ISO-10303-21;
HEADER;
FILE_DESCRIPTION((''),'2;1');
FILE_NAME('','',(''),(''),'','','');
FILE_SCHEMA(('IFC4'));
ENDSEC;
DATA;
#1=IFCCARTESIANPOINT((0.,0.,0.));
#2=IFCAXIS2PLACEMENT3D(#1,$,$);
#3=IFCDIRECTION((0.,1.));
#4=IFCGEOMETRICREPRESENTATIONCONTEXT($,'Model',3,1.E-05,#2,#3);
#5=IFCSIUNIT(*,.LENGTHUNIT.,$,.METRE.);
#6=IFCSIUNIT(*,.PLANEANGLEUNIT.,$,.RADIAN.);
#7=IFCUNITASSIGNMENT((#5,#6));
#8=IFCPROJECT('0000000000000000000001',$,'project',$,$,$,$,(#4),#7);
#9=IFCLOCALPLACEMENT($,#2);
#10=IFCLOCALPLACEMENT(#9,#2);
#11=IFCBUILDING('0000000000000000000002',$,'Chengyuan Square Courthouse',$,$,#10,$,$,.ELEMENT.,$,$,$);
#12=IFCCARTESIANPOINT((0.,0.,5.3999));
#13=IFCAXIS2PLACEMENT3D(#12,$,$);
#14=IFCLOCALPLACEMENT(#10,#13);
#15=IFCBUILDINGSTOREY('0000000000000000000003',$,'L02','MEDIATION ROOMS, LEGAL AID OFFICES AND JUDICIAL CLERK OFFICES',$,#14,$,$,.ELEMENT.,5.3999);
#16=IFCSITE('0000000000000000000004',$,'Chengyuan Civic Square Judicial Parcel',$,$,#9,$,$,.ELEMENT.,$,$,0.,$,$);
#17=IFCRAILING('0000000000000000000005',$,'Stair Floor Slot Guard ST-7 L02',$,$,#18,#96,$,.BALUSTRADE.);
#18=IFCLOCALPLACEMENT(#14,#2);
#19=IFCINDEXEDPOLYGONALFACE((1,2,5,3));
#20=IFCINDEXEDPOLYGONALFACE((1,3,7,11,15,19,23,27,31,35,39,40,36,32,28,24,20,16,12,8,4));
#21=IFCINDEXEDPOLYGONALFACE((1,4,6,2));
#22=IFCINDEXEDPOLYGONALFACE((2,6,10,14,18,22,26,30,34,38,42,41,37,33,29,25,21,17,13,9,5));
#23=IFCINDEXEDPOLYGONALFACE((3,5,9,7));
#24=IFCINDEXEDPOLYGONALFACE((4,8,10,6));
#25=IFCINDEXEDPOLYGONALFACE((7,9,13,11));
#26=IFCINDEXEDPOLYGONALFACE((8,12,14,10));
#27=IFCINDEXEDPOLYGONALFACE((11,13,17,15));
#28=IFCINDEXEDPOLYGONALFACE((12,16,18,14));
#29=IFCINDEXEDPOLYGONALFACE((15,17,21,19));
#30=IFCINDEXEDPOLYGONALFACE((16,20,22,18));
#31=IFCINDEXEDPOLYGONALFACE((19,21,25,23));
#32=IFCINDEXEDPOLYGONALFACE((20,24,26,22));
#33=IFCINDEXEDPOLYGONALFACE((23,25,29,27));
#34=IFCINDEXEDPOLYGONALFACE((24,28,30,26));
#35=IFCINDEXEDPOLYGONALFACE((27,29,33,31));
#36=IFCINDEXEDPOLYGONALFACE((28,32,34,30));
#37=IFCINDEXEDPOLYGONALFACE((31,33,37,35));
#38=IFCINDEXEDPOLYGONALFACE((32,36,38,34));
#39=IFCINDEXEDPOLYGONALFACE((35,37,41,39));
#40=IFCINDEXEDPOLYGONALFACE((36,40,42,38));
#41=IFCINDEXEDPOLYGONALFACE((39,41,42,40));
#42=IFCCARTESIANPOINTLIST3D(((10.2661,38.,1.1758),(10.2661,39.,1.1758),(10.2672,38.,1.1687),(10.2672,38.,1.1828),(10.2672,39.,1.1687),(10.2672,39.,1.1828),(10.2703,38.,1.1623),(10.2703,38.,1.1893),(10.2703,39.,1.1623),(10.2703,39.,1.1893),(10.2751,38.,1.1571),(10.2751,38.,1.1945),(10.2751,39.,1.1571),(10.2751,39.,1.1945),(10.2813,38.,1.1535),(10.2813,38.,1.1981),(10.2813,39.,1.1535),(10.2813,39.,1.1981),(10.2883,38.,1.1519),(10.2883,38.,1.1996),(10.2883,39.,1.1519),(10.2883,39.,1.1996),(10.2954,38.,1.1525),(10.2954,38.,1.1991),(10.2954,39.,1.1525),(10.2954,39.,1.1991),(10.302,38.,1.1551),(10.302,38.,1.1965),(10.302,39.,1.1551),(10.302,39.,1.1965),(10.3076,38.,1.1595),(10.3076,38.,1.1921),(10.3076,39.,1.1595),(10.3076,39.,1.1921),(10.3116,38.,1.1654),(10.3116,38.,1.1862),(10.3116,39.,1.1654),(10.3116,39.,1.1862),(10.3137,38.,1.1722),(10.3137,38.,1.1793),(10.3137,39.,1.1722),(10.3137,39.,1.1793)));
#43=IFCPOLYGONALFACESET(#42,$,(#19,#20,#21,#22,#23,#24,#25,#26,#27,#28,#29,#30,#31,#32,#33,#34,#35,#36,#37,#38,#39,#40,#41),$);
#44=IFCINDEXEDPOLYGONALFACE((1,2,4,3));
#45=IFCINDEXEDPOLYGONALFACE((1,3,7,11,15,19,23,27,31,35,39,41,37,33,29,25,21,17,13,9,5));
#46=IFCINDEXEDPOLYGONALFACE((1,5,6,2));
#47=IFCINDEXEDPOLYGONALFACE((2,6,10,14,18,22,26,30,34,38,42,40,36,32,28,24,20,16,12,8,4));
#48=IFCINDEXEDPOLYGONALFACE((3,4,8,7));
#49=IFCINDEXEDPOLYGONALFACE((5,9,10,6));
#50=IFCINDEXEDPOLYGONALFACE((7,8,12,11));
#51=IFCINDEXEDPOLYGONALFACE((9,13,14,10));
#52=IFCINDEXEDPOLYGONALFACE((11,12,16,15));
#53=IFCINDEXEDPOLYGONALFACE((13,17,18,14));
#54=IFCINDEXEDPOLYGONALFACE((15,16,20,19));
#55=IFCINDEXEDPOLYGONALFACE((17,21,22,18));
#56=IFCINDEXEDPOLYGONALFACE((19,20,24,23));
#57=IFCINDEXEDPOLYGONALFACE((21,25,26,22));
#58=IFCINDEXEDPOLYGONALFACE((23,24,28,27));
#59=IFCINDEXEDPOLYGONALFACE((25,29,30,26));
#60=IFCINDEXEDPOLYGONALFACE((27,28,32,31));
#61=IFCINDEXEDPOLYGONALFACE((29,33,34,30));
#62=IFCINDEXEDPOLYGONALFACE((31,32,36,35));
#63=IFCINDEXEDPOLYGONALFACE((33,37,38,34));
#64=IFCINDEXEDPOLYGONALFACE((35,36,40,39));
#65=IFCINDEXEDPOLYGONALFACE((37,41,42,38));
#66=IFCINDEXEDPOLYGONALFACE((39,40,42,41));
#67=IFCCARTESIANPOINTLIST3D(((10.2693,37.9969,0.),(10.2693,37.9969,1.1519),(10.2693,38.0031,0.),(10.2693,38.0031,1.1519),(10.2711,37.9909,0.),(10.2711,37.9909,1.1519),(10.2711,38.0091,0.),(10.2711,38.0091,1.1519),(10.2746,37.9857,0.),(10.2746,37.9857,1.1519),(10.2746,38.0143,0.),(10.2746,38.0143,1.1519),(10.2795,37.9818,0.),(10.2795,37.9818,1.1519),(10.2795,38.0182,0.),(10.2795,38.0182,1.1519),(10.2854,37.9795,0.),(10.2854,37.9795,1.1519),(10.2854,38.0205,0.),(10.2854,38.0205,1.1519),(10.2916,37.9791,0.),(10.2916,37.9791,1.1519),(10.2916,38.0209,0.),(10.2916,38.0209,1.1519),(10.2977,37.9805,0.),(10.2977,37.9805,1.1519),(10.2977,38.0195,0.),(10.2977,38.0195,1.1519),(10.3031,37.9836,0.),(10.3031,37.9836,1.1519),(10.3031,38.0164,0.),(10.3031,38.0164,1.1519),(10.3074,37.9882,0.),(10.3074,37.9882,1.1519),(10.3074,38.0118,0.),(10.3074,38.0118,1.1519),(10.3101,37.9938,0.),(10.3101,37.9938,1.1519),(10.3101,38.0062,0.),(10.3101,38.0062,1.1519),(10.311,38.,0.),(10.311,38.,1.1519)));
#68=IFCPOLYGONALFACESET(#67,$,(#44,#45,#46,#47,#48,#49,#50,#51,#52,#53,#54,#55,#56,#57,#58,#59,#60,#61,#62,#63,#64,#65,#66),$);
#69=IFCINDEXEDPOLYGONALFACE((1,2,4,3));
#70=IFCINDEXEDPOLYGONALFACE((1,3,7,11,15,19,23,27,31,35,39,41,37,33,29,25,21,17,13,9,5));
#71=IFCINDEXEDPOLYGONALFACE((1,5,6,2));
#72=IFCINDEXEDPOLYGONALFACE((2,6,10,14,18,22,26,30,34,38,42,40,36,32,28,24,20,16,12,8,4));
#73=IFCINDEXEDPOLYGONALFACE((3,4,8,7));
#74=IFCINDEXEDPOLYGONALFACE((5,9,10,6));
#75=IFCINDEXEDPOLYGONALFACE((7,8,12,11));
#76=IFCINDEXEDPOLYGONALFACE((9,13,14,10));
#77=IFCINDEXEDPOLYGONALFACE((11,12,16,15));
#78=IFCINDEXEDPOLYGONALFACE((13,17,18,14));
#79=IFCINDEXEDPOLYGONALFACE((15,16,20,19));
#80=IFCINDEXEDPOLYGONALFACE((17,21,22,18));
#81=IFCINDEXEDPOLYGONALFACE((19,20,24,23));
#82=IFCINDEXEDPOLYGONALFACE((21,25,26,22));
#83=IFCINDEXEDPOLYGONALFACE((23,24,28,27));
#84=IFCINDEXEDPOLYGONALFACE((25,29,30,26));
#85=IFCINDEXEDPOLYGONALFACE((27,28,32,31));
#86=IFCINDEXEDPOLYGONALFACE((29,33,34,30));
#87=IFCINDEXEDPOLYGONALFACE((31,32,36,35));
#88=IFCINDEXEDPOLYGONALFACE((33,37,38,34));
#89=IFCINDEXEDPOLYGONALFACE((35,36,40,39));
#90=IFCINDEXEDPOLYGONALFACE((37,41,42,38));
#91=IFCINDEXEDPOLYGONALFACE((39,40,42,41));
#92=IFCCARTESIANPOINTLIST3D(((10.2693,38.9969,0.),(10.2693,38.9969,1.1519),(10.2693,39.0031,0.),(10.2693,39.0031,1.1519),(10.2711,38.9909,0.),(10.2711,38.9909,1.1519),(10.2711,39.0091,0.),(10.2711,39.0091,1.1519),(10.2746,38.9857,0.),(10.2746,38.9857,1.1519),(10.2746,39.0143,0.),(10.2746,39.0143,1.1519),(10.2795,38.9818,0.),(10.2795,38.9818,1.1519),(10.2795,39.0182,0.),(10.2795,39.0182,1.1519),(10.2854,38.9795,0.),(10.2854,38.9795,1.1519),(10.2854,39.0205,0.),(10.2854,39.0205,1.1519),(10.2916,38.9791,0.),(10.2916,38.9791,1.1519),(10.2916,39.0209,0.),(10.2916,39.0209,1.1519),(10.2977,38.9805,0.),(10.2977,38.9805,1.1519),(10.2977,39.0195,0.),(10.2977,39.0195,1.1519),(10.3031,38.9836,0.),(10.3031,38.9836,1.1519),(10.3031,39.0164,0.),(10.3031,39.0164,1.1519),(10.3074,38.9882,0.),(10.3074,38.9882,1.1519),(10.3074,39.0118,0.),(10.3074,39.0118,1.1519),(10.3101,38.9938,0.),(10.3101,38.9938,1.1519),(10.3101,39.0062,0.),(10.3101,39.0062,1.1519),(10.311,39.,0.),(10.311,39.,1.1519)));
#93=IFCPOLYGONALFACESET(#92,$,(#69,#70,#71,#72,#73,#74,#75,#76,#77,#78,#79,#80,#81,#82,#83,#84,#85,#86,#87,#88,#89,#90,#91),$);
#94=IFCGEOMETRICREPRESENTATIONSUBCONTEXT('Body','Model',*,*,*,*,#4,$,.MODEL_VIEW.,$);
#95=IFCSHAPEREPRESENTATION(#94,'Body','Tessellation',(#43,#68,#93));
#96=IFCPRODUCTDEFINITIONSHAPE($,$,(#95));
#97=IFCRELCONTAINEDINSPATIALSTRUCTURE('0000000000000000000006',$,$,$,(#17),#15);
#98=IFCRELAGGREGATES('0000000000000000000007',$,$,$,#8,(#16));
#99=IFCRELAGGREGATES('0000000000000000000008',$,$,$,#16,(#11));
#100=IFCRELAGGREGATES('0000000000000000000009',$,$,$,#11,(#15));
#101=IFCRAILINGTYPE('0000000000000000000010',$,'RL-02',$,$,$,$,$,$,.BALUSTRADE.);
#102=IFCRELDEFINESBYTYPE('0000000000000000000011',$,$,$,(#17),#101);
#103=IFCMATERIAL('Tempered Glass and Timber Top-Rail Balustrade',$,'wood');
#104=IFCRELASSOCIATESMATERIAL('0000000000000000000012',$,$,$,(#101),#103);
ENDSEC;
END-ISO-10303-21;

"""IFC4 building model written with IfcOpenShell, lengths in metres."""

from ifc_helpers import new_model, si_unit, direction, frame, origin, origin_2d, place, context, subcontext, project, spatial, circle, extrude, material, type_object, element, save


model = new_model("IFC4")

# Units and contexts
model_context = context("Model", 3, precision=1e-05, world=origin(), true_north=direction((0.0, 1.0)))
body_context = subcontext(model_context, "Body", "Model", "MODEL_VIEW")
ifc_project = project(units=[si_unit("LENGTHUNIT", "METRE"), si_unit("PLANEANGLEUNIT", "RADIAN")], contexts=[model_context])

# Site, building, storey
site_placement = place(None, origin())
site = spatial("IfcSite", under=ifc_project, at=site_placement, Name="Chengyuan Civic Square Judicial Parcel", CompositionType="ELEMENT", RefElevation=0.0)
building_placement = place(site_placement, origin())
building = spatial("IfcBuilding", under=site, at=building_placement, Name="Chengyuan Square Courthouse", CompositionType="ELEMENT")
storey_placement = place(building_placement, frame((0.0, 0.0, 5.3999)))
storey = spatial("IfcBuildingStorey", under=building, at=storey_placement, Name="L02", Description="MEDIATION ROOMS, LEGAL AID OFFICES AND JUDICIAL CLERK OFFICES", CompositionType="ELEMENT", Elevation=5.3999)

# Railing
ifc_material_1 = material(Name="Tempered Glass and Timber Top-Rail Balustrade", Category="wood")
railing_type_1 = type_object("IfcRailingType", Name="RL-02", PredefinedType="BALUSTRADE", material=ifc_material_1)
railing_1_placement = place(storey_placement, frame((10.29, 38.0, 0.0)))
element("IfcRailing", 1, at=railing_1_placement, inside=storey, type_object=railing_type_1, Name="Stair Floor Slot Guard ST-7 L02", PredefinedType="BALUSTRADE", context=body_context, shape_type="SweptSolid", body=[
    extrude(circle(Radius=0.0239, at=origin_2d()), frame((0.0, 0.0, 1.1758), z_axis=(0.0, 1.0, 0.0), x_axis=(-1.0, 0.0, 0.0)), (0.0, 0.0, 1.0), 1.0),
    extrude(circle(Radius=0.021, at=origin_2d()), origin(), (0.0, 0.0, 1.0), 1.1519),
    extrude(circle(Radius=0.021, at=origin_2d()), frame((0.0, 1.0, 0.0)), (0.0, 0.0, 1.0), 1.1519),
])

save(model, "model.ifc")
